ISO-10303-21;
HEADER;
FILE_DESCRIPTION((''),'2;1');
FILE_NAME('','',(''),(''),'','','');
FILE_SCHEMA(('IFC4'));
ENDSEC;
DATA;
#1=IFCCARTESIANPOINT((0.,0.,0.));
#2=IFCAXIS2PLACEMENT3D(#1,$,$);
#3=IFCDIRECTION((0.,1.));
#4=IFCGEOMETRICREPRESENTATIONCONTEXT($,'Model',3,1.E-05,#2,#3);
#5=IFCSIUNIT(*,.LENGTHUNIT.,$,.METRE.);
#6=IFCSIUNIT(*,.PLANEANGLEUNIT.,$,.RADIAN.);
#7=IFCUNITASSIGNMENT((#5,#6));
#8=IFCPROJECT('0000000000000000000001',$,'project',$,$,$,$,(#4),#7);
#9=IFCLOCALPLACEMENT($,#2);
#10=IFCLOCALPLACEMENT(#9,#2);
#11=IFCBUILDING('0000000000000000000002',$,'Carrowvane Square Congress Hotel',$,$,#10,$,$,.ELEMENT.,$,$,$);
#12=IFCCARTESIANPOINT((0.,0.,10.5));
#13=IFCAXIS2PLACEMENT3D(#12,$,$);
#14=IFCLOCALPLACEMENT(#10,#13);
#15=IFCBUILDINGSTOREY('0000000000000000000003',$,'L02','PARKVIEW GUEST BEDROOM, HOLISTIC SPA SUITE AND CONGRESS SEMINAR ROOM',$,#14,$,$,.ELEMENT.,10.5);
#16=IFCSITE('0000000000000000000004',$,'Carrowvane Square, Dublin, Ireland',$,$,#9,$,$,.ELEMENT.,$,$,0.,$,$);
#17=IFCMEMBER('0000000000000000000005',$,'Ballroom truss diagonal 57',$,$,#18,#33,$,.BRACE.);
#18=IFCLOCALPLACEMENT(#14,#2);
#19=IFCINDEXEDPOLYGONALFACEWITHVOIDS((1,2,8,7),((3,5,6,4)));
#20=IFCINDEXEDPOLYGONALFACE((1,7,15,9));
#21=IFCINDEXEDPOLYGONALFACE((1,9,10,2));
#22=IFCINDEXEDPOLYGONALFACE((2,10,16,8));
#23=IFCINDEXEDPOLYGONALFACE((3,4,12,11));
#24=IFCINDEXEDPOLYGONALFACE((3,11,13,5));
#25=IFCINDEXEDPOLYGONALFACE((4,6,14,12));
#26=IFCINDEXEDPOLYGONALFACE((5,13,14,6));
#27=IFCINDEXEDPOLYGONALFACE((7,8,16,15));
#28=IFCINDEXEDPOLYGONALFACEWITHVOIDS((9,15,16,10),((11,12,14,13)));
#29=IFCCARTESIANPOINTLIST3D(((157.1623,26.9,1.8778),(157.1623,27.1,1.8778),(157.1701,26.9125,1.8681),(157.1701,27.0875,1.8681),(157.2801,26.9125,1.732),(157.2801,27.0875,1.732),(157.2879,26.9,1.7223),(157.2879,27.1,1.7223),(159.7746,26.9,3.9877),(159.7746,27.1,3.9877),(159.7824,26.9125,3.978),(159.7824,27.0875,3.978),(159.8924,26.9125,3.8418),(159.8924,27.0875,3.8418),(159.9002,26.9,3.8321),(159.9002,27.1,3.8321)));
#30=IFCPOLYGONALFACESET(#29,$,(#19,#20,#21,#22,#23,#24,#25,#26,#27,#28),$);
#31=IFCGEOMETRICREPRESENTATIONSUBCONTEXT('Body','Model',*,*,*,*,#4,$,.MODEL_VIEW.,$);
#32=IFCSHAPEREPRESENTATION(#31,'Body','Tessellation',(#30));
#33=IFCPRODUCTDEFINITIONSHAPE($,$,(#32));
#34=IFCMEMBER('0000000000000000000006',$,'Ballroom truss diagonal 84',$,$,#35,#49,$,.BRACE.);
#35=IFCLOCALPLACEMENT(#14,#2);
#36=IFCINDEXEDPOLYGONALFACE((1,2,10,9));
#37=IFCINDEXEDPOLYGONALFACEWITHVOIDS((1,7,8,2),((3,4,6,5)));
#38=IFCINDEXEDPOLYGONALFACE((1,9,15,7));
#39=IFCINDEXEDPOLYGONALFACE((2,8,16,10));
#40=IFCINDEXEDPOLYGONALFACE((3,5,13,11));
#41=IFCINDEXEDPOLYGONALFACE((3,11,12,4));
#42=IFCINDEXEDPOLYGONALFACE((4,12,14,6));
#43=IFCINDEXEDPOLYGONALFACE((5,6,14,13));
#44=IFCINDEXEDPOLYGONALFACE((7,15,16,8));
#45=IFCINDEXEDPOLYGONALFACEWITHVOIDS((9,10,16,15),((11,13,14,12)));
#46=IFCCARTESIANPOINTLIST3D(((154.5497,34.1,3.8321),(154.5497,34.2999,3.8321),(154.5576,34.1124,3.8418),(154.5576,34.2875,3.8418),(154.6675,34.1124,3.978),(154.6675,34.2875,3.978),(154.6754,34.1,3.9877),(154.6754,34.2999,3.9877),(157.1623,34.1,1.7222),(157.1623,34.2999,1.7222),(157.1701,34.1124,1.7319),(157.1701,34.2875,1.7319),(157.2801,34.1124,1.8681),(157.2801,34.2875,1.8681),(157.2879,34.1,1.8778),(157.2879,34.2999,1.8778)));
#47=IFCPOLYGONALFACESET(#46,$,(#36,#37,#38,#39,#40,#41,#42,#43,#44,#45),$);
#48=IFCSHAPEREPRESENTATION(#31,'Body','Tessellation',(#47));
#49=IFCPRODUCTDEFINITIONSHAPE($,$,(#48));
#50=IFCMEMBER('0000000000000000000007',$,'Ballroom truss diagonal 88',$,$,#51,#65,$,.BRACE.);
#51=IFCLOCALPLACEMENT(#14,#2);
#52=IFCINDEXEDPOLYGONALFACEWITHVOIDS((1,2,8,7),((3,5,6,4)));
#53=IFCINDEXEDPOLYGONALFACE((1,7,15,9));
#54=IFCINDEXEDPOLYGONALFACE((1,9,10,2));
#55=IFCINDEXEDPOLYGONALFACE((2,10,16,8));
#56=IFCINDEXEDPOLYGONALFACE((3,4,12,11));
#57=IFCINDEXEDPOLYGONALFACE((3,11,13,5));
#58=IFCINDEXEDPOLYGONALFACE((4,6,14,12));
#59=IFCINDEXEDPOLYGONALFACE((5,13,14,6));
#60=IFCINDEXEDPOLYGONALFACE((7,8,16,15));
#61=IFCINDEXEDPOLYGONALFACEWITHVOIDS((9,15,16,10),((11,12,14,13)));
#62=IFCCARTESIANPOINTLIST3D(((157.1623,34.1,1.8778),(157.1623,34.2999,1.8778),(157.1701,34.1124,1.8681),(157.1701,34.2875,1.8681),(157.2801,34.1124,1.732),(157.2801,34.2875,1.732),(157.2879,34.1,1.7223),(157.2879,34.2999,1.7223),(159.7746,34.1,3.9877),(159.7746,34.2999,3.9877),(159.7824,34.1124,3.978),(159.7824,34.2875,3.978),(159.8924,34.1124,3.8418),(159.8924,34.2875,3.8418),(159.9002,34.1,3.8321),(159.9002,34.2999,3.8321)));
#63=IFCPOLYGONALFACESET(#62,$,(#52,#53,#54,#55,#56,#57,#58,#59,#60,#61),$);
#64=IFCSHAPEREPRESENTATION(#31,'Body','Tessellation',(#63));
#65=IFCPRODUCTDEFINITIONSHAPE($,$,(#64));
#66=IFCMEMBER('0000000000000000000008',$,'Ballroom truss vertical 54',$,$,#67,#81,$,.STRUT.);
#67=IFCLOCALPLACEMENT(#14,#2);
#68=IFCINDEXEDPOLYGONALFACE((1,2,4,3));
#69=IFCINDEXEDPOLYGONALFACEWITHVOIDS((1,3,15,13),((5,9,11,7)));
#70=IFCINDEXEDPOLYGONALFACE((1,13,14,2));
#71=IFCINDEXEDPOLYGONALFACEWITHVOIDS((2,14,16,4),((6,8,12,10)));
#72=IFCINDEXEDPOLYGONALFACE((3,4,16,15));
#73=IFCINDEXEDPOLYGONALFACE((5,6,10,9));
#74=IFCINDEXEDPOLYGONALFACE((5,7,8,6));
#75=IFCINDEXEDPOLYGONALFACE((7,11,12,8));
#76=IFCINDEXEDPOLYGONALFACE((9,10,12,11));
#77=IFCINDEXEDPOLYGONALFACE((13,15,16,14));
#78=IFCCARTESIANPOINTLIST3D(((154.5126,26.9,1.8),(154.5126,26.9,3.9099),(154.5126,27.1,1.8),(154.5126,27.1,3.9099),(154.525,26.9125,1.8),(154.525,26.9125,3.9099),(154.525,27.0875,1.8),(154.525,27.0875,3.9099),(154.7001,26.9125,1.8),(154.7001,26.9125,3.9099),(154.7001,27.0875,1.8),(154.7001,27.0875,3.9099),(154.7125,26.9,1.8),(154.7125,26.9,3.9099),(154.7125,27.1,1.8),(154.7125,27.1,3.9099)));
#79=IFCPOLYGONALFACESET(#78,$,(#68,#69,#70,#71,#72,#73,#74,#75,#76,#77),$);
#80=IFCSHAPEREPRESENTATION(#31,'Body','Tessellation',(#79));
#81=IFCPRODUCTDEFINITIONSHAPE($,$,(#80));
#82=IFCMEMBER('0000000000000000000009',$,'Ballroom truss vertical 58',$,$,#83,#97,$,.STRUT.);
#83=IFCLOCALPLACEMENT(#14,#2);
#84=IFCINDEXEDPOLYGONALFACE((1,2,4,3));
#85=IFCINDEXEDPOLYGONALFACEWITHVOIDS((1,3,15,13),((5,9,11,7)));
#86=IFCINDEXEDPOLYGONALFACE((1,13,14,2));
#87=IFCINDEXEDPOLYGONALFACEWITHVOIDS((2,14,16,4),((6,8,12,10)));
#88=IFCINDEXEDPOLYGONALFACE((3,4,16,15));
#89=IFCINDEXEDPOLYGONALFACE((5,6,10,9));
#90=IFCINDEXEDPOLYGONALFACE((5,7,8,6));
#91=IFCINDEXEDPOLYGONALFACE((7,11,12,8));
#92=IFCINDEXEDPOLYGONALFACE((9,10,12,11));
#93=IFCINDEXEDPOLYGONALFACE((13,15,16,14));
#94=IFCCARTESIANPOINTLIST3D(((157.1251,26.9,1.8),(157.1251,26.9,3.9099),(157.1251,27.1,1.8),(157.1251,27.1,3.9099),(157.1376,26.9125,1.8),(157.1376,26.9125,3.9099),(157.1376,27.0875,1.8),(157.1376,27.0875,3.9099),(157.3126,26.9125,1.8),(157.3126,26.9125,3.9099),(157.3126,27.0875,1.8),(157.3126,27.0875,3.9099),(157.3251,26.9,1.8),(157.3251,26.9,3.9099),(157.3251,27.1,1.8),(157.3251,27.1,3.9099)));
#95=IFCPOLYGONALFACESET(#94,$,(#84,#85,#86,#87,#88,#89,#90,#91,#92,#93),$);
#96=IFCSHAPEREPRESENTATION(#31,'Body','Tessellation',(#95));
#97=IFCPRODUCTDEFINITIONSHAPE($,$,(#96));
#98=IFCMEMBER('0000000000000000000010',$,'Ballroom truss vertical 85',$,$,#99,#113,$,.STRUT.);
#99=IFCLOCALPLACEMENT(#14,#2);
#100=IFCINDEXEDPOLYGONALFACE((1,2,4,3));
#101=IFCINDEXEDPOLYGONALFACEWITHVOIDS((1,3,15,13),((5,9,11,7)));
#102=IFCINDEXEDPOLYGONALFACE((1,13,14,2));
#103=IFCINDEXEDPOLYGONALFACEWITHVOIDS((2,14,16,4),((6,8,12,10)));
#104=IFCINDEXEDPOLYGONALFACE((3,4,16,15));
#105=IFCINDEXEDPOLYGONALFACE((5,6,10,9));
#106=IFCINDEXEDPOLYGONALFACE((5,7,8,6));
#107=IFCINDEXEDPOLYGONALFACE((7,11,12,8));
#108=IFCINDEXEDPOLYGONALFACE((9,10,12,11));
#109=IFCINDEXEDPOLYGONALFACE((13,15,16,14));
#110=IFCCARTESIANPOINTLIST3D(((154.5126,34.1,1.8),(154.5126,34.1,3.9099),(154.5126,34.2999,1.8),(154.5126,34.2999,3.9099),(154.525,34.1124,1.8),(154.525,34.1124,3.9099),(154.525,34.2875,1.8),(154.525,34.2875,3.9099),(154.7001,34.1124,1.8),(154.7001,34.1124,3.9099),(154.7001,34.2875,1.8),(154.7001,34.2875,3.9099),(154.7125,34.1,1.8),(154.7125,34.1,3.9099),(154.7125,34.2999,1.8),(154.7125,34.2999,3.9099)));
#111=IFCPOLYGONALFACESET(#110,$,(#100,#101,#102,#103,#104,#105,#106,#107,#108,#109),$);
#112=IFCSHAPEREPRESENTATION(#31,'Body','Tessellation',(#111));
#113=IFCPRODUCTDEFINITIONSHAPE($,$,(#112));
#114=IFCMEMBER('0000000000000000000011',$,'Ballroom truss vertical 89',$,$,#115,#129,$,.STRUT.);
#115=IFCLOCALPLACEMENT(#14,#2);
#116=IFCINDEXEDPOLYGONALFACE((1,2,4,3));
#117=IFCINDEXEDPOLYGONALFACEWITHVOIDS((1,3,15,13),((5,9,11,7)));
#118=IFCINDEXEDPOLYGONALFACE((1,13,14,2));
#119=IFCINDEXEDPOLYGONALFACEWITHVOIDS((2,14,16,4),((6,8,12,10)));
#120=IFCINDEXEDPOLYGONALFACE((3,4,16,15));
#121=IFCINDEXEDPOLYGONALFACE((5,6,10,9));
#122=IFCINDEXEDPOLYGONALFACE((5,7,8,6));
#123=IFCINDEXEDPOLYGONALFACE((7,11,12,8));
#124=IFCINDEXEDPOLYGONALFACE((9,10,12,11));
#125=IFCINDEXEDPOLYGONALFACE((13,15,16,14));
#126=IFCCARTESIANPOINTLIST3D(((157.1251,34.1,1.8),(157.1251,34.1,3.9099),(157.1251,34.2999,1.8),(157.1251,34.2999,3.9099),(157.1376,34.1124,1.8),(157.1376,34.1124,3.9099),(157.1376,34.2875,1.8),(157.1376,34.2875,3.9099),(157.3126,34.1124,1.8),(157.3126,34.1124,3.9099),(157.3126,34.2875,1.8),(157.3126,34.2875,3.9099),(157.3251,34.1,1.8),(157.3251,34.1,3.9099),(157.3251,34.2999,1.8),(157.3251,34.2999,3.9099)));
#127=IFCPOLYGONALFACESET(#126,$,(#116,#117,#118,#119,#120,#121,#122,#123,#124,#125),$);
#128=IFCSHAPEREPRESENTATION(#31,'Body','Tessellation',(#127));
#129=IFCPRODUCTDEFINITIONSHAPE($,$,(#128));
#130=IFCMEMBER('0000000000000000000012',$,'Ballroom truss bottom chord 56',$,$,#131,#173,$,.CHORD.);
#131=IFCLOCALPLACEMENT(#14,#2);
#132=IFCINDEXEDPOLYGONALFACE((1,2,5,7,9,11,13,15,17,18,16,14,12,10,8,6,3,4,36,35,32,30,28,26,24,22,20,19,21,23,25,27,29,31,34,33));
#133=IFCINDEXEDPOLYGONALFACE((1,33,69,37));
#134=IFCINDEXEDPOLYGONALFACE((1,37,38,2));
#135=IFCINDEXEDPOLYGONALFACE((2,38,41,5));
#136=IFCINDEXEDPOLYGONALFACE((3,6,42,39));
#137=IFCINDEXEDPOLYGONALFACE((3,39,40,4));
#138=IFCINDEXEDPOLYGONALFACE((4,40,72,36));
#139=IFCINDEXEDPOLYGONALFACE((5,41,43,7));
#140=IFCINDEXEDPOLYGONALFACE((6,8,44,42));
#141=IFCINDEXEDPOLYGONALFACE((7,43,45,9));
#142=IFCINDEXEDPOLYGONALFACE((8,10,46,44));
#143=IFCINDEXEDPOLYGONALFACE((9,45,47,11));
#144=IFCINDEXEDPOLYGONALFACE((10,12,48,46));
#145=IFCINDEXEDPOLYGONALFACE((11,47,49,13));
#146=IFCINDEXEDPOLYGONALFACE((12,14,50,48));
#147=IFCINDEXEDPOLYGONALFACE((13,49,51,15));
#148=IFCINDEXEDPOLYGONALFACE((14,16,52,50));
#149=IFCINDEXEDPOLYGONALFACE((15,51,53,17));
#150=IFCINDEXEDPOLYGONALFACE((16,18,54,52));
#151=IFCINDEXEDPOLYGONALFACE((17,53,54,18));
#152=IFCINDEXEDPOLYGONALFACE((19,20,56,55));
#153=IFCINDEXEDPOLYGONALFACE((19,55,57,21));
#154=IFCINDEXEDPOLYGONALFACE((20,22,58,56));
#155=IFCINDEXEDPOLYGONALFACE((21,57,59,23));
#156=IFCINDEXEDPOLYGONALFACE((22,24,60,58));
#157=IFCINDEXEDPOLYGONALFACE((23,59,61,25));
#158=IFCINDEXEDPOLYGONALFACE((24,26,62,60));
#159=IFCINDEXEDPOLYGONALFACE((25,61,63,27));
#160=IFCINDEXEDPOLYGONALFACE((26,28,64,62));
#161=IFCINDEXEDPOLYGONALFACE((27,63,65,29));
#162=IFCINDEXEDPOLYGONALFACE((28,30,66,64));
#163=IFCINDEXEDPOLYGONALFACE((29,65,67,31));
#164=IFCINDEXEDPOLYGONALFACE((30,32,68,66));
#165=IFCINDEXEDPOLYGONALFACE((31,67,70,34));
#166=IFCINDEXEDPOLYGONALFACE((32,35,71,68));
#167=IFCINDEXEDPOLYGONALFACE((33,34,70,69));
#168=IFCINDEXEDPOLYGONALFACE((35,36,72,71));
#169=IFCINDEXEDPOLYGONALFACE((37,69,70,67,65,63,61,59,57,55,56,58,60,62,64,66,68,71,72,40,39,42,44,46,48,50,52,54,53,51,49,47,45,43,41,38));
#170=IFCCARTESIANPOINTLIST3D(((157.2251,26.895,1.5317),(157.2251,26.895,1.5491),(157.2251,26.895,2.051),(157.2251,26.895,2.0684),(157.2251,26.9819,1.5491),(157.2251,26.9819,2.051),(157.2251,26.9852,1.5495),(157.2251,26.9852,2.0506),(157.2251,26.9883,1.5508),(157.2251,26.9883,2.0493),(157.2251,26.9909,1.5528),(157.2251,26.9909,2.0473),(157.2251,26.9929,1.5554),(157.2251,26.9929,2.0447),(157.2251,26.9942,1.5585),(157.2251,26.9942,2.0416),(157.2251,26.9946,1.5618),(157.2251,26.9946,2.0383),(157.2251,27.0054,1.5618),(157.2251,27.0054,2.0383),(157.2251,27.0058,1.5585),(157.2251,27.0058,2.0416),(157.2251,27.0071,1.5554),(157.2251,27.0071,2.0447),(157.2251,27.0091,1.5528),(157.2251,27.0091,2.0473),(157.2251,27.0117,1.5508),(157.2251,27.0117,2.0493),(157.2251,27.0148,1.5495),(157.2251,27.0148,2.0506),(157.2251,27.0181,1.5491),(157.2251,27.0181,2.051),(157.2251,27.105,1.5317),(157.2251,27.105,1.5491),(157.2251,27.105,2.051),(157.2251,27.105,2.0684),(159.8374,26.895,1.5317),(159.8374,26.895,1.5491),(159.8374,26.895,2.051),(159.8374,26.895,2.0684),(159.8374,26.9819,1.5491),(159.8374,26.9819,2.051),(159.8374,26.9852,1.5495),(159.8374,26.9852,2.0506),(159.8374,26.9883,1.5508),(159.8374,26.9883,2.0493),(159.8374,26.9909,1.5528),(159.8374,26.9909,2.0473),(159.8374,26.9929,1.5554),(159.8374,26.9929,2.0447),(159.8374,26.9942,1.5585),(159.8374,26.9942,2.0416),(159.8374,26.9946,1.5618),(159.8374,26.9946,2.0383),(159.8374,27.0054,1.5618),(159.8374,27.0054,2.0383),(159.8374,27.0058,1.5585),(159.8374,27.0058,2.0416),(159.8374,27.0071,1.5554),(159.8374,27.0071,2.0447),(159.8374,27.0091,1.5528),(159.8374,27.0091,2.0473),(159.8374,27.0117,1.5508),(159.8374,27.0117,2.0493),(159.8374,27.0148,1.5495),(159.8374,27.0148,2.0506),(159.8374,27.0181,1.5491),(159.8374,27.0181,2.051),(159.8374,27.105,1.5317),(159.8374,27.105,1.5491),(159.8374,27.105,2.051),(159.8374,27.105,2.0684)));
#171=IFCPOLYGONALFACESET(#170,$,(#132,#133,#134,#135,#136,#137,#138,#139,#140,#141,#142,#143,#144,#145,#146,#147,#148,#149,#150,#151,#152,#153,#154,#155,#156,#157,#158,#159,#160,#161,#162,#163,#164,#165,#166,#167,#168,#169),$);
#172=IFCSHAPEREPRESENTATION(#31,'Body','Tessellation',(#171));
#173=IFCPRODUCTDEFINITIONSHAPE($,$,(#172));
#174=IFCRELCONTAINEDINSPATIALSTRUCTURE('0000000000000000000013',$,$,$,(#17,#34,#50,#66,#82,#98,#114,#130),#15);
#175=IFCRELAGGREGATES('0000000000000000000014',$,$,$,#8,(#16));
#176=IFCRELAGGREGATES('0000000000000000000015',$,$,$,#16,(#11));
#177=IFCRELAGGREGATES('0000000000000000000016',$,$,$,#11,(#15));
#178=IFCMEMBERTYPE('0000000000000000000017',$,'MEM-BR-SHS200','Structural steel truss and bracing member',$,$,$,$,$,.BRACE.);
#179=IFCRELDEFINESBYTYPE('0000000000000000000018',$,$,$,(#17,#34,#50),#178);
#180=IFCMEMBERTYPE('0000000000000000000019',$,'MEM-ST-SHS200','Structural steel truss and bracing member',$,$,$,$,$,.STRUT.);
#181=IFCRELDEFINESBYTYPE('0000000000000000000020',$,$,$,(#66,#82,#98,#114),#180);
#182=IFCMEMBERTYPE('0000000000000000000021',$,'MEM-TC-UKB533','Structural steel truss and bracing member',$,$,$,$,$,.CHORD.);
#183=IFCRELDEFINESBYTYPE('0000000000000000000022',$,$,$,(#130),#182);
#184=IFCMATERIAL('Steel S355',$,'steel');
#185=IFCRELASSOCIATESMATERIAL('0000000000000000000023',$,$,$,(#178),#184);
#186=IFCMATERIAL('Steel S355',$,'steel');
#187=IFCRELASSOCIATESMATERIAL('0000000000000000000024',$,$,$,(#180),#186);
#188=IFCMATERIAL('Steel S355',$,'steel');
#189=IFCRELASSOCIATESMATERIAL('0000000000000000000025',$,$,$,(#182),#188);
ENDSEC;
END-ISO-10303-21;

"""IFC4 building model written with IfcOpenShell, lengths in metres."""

from ifc_helpers import new_model, si_unit, direction, frame, origin, origin_2d, place, context, subcontext, project, spatial, hollow_rectangle, i_section, extrude, material, material_profile, profile_set, type_object, element, save


model = new_model("IFC4")

# Units and contexts
model_context = context("Model", 3, precision=1e-05, world=origin(), true_north=direction((0.0, 1.0)))
body_context = subcontext(model_context, "Body", "Model", "MODEL_VIEW")
ifc_project = project(units=[si_unit("LENGTHUNIT", "METRE"), si_unit("PLANEANGLEUNIT", "RADIAN")], contexts=[model_context])

# Site, building, storey
site_placement = place(None, origin())
site = spatial("IfcSite", under=ifc_project, at=site_placement, Name="Carrowvane Square, Dublin, Ireland", CompositionType="ELEMENT", RefElevation=0.0)
building_placement = place(site_placement, origin())
building = spatial("IfcBuilding", under=site, at=building_placement, Name="Carrowvane Square Congress Hotel", CompositionType="ELEMENT")
storey_placement = place(building_placement, frame((0.0, 0.0, 10.5)))
storey = spatial("IfcBuildingStorey", under=building, at=storey_placement, Name="L02", Description="PARKVIEW GUEST BEDROOM, HOLISTIC SPA SUITE AND CONGRESS SEMINAR ROOM", CompositionType="ELEMENT", Elevation=10.5)

# Members
ifc_material_1 = material(Name="Steel S355", Category="steel")
ifc_material_profile_1 = material_profile(ifc_material_1, hollow_rectangle(XDim=0.2, YDim=0.2, WallThickness=0.0125, at=origin_2d()), Name="SHS 200x200x12.5")
ifc_profile_set_1 = profile_set([ifc_material_profile_1], Name="Steel S355")
member_type_1 = type_object("IfcMemberType", Name="MEM-BR-SHS200", Description="Structural steel truss and bracing member", PredefinedType="BRACE", material=ifc_profile_set_1)
member_1_placement = place(storey_placement, frame((157.2251, 27.0, 1.8), z_axis=(0.777952, 0.0, 0.628324), x_axis=(0.0, 1.0, 0.0)))
element("IfcMember", 1, at=member_1_placement, inside=storey, type_object=member_type_1, Name="Ballroom truss diagonal 57", PredefinedType="BRACE", context=body_context, shape_type="SweptSolid", body=[
    extrude(hollow_rectangle(XDim=0.2, YDim=0.2, WallThickness=0.0125, at=origin_2d()), origin(), (0.0, 0.0, 1.0), 3.3579),
])
member_2_placement = place(storey_placement, frame((154.6125, 34.2, 3.9099), z_axis=(0.777981, 0.0, -0.628288), x_axis=(0.0, 1.0, 0.0)))
element("IfcMember", 2, at=member_2_placement, inside=storey, type_object=member_type_1, Name="Ballroom truss diagonal 84", PredefinedType="BRACE", context=body_context, shape_type="SweptSolid", body=[
    extrude(hollow_rectangle(XDim=0.2, YDim=0.2, WallThickness=0.0125, at=origin_2d()), origin(), (0.0, 0.0, 1.0), 3.3582),
])
member_3_placement = place(storey_placement, frame((157.2251, 34.2, 1.8), z_axis=(0.777952, 0.0, 0.628324), x_axis=(0.0, 1.0, 0.0)))
element("IfcMember", 3, at=member_3_placement, inside=storey, type_object=member_type_1, Name="Ballroom truss diagonal 88", PredefinedType="BRACE", context=body_context, shape_type="SweptSolid", body=[
    extrude(hollow_rectangle(XDim=0.2, YDim=0.2, WallThickness=0.0125, at=origin_2d()), origin(), (0.0, 0.0, 1.0), 3.3579),
])
ifc_material_2 = material(Name="Steel S355", Category="steel")
ifc_material_profile_2 = material_profile(ifc_material_2, hollow_rectangle(XDim=0.2, YDim=0.2, WallThickness=0.0125, at=origin_2d()), Name="SHS 200x200x12.5")
ifc_profile_set_2 = profile_set([ifc_material_profile_2], Name="Steel S355")
member_type_2 = type_object("IfcMemberType", Name="MEM-ST-SHS200", Description="Structural steel truss and bracing member", PredefinedType="STRUT", material=ifc_profile_set_2)
for number, where, z_axis, x_axis, name in (
    (4, (154.6125, 27.0, 1.8), (0.0, 0.0, 1.0), (1.0, 0.0, 0.0), "Ballroom truss vertical 54"),
    (5, (157.2251, 27.0, 1.8), (0.0, 0.0, 1.0), (1.0, 0.0, 0.0), "Ballroom truss vertical 58"),
    (6, (154.6125, 34.2, 1.8), (0.0, 0.0, 1.0), (1.0, 0.0, 0.0), "Ballroom truss vertical 85"),
    (7, (157.2251, 34.2, 1.8), (0.0, 0.0, 1.0), (1.0, 0.0, 0.0), "Ballroom truss vertical 89"),
):
    element("IfcMember", number, at=place(storey_placement, frame(where, z_axis=z_axis, x_axis=x_axis)), inside=storey, type_object=member_type_2, Name=name, PredefinedType="STRUT", context=body_context, shape_type="SweptSolid", body=[
        extrude(hollow_rectangle(XDim=0.2, YDim=0.2, WallThickness=0.0125, at=origin_2d()), origin(), (0.0, 0.0, 1.0), 2.1099),
    ])
ifc_material_3 = material(Name="Steel S355", Category="steel")
ifc_material_profile_3 = material_profile(ifc_material_3, i_section(OverallWidth=0.21, OverallDepth=0.5366, WebThickness=0.0107, FlangeThickness=0.0173, FilletRadius=0.0127, at=origin_2d()), Name="UKB 533x210x101")
ifc_profile_set_3 = profile_set([ifc_material_profile_3], Name="Steel S355")
member_type_3 = type_object("IfcMemberType", Name="MEM-TC-UKB533", Description="Structural steel truss and bracing member", PredefinedType="CHORD", material=ifc_profile_set_3)
member_4_placement = place(storey_placement, frame((157.2251, 27.0, 1.8), z_axis=(1.0, 0.0, 0.0), x_axis=(0.0, 1.0, 0.0)))
element("IfcMember", 8, at=member_4_placement, inside=storey, type_object=member_type_3, Name="Ballroom truss bottom chord 56", PredefinedType="CHORD", context=body_context, shape_type="SweptSolid", body=[
    extrude(i_section(OverallWidth=0.21, OverallDepth=0.5366, WebThickness=0.0107, FlangeThickness=0.0173, FilletRadius=0.0127, at=origin_2d()), origin(), (0.0, 0.0, 1.0), 2.6123),
])

save(model, "model.ifc")
